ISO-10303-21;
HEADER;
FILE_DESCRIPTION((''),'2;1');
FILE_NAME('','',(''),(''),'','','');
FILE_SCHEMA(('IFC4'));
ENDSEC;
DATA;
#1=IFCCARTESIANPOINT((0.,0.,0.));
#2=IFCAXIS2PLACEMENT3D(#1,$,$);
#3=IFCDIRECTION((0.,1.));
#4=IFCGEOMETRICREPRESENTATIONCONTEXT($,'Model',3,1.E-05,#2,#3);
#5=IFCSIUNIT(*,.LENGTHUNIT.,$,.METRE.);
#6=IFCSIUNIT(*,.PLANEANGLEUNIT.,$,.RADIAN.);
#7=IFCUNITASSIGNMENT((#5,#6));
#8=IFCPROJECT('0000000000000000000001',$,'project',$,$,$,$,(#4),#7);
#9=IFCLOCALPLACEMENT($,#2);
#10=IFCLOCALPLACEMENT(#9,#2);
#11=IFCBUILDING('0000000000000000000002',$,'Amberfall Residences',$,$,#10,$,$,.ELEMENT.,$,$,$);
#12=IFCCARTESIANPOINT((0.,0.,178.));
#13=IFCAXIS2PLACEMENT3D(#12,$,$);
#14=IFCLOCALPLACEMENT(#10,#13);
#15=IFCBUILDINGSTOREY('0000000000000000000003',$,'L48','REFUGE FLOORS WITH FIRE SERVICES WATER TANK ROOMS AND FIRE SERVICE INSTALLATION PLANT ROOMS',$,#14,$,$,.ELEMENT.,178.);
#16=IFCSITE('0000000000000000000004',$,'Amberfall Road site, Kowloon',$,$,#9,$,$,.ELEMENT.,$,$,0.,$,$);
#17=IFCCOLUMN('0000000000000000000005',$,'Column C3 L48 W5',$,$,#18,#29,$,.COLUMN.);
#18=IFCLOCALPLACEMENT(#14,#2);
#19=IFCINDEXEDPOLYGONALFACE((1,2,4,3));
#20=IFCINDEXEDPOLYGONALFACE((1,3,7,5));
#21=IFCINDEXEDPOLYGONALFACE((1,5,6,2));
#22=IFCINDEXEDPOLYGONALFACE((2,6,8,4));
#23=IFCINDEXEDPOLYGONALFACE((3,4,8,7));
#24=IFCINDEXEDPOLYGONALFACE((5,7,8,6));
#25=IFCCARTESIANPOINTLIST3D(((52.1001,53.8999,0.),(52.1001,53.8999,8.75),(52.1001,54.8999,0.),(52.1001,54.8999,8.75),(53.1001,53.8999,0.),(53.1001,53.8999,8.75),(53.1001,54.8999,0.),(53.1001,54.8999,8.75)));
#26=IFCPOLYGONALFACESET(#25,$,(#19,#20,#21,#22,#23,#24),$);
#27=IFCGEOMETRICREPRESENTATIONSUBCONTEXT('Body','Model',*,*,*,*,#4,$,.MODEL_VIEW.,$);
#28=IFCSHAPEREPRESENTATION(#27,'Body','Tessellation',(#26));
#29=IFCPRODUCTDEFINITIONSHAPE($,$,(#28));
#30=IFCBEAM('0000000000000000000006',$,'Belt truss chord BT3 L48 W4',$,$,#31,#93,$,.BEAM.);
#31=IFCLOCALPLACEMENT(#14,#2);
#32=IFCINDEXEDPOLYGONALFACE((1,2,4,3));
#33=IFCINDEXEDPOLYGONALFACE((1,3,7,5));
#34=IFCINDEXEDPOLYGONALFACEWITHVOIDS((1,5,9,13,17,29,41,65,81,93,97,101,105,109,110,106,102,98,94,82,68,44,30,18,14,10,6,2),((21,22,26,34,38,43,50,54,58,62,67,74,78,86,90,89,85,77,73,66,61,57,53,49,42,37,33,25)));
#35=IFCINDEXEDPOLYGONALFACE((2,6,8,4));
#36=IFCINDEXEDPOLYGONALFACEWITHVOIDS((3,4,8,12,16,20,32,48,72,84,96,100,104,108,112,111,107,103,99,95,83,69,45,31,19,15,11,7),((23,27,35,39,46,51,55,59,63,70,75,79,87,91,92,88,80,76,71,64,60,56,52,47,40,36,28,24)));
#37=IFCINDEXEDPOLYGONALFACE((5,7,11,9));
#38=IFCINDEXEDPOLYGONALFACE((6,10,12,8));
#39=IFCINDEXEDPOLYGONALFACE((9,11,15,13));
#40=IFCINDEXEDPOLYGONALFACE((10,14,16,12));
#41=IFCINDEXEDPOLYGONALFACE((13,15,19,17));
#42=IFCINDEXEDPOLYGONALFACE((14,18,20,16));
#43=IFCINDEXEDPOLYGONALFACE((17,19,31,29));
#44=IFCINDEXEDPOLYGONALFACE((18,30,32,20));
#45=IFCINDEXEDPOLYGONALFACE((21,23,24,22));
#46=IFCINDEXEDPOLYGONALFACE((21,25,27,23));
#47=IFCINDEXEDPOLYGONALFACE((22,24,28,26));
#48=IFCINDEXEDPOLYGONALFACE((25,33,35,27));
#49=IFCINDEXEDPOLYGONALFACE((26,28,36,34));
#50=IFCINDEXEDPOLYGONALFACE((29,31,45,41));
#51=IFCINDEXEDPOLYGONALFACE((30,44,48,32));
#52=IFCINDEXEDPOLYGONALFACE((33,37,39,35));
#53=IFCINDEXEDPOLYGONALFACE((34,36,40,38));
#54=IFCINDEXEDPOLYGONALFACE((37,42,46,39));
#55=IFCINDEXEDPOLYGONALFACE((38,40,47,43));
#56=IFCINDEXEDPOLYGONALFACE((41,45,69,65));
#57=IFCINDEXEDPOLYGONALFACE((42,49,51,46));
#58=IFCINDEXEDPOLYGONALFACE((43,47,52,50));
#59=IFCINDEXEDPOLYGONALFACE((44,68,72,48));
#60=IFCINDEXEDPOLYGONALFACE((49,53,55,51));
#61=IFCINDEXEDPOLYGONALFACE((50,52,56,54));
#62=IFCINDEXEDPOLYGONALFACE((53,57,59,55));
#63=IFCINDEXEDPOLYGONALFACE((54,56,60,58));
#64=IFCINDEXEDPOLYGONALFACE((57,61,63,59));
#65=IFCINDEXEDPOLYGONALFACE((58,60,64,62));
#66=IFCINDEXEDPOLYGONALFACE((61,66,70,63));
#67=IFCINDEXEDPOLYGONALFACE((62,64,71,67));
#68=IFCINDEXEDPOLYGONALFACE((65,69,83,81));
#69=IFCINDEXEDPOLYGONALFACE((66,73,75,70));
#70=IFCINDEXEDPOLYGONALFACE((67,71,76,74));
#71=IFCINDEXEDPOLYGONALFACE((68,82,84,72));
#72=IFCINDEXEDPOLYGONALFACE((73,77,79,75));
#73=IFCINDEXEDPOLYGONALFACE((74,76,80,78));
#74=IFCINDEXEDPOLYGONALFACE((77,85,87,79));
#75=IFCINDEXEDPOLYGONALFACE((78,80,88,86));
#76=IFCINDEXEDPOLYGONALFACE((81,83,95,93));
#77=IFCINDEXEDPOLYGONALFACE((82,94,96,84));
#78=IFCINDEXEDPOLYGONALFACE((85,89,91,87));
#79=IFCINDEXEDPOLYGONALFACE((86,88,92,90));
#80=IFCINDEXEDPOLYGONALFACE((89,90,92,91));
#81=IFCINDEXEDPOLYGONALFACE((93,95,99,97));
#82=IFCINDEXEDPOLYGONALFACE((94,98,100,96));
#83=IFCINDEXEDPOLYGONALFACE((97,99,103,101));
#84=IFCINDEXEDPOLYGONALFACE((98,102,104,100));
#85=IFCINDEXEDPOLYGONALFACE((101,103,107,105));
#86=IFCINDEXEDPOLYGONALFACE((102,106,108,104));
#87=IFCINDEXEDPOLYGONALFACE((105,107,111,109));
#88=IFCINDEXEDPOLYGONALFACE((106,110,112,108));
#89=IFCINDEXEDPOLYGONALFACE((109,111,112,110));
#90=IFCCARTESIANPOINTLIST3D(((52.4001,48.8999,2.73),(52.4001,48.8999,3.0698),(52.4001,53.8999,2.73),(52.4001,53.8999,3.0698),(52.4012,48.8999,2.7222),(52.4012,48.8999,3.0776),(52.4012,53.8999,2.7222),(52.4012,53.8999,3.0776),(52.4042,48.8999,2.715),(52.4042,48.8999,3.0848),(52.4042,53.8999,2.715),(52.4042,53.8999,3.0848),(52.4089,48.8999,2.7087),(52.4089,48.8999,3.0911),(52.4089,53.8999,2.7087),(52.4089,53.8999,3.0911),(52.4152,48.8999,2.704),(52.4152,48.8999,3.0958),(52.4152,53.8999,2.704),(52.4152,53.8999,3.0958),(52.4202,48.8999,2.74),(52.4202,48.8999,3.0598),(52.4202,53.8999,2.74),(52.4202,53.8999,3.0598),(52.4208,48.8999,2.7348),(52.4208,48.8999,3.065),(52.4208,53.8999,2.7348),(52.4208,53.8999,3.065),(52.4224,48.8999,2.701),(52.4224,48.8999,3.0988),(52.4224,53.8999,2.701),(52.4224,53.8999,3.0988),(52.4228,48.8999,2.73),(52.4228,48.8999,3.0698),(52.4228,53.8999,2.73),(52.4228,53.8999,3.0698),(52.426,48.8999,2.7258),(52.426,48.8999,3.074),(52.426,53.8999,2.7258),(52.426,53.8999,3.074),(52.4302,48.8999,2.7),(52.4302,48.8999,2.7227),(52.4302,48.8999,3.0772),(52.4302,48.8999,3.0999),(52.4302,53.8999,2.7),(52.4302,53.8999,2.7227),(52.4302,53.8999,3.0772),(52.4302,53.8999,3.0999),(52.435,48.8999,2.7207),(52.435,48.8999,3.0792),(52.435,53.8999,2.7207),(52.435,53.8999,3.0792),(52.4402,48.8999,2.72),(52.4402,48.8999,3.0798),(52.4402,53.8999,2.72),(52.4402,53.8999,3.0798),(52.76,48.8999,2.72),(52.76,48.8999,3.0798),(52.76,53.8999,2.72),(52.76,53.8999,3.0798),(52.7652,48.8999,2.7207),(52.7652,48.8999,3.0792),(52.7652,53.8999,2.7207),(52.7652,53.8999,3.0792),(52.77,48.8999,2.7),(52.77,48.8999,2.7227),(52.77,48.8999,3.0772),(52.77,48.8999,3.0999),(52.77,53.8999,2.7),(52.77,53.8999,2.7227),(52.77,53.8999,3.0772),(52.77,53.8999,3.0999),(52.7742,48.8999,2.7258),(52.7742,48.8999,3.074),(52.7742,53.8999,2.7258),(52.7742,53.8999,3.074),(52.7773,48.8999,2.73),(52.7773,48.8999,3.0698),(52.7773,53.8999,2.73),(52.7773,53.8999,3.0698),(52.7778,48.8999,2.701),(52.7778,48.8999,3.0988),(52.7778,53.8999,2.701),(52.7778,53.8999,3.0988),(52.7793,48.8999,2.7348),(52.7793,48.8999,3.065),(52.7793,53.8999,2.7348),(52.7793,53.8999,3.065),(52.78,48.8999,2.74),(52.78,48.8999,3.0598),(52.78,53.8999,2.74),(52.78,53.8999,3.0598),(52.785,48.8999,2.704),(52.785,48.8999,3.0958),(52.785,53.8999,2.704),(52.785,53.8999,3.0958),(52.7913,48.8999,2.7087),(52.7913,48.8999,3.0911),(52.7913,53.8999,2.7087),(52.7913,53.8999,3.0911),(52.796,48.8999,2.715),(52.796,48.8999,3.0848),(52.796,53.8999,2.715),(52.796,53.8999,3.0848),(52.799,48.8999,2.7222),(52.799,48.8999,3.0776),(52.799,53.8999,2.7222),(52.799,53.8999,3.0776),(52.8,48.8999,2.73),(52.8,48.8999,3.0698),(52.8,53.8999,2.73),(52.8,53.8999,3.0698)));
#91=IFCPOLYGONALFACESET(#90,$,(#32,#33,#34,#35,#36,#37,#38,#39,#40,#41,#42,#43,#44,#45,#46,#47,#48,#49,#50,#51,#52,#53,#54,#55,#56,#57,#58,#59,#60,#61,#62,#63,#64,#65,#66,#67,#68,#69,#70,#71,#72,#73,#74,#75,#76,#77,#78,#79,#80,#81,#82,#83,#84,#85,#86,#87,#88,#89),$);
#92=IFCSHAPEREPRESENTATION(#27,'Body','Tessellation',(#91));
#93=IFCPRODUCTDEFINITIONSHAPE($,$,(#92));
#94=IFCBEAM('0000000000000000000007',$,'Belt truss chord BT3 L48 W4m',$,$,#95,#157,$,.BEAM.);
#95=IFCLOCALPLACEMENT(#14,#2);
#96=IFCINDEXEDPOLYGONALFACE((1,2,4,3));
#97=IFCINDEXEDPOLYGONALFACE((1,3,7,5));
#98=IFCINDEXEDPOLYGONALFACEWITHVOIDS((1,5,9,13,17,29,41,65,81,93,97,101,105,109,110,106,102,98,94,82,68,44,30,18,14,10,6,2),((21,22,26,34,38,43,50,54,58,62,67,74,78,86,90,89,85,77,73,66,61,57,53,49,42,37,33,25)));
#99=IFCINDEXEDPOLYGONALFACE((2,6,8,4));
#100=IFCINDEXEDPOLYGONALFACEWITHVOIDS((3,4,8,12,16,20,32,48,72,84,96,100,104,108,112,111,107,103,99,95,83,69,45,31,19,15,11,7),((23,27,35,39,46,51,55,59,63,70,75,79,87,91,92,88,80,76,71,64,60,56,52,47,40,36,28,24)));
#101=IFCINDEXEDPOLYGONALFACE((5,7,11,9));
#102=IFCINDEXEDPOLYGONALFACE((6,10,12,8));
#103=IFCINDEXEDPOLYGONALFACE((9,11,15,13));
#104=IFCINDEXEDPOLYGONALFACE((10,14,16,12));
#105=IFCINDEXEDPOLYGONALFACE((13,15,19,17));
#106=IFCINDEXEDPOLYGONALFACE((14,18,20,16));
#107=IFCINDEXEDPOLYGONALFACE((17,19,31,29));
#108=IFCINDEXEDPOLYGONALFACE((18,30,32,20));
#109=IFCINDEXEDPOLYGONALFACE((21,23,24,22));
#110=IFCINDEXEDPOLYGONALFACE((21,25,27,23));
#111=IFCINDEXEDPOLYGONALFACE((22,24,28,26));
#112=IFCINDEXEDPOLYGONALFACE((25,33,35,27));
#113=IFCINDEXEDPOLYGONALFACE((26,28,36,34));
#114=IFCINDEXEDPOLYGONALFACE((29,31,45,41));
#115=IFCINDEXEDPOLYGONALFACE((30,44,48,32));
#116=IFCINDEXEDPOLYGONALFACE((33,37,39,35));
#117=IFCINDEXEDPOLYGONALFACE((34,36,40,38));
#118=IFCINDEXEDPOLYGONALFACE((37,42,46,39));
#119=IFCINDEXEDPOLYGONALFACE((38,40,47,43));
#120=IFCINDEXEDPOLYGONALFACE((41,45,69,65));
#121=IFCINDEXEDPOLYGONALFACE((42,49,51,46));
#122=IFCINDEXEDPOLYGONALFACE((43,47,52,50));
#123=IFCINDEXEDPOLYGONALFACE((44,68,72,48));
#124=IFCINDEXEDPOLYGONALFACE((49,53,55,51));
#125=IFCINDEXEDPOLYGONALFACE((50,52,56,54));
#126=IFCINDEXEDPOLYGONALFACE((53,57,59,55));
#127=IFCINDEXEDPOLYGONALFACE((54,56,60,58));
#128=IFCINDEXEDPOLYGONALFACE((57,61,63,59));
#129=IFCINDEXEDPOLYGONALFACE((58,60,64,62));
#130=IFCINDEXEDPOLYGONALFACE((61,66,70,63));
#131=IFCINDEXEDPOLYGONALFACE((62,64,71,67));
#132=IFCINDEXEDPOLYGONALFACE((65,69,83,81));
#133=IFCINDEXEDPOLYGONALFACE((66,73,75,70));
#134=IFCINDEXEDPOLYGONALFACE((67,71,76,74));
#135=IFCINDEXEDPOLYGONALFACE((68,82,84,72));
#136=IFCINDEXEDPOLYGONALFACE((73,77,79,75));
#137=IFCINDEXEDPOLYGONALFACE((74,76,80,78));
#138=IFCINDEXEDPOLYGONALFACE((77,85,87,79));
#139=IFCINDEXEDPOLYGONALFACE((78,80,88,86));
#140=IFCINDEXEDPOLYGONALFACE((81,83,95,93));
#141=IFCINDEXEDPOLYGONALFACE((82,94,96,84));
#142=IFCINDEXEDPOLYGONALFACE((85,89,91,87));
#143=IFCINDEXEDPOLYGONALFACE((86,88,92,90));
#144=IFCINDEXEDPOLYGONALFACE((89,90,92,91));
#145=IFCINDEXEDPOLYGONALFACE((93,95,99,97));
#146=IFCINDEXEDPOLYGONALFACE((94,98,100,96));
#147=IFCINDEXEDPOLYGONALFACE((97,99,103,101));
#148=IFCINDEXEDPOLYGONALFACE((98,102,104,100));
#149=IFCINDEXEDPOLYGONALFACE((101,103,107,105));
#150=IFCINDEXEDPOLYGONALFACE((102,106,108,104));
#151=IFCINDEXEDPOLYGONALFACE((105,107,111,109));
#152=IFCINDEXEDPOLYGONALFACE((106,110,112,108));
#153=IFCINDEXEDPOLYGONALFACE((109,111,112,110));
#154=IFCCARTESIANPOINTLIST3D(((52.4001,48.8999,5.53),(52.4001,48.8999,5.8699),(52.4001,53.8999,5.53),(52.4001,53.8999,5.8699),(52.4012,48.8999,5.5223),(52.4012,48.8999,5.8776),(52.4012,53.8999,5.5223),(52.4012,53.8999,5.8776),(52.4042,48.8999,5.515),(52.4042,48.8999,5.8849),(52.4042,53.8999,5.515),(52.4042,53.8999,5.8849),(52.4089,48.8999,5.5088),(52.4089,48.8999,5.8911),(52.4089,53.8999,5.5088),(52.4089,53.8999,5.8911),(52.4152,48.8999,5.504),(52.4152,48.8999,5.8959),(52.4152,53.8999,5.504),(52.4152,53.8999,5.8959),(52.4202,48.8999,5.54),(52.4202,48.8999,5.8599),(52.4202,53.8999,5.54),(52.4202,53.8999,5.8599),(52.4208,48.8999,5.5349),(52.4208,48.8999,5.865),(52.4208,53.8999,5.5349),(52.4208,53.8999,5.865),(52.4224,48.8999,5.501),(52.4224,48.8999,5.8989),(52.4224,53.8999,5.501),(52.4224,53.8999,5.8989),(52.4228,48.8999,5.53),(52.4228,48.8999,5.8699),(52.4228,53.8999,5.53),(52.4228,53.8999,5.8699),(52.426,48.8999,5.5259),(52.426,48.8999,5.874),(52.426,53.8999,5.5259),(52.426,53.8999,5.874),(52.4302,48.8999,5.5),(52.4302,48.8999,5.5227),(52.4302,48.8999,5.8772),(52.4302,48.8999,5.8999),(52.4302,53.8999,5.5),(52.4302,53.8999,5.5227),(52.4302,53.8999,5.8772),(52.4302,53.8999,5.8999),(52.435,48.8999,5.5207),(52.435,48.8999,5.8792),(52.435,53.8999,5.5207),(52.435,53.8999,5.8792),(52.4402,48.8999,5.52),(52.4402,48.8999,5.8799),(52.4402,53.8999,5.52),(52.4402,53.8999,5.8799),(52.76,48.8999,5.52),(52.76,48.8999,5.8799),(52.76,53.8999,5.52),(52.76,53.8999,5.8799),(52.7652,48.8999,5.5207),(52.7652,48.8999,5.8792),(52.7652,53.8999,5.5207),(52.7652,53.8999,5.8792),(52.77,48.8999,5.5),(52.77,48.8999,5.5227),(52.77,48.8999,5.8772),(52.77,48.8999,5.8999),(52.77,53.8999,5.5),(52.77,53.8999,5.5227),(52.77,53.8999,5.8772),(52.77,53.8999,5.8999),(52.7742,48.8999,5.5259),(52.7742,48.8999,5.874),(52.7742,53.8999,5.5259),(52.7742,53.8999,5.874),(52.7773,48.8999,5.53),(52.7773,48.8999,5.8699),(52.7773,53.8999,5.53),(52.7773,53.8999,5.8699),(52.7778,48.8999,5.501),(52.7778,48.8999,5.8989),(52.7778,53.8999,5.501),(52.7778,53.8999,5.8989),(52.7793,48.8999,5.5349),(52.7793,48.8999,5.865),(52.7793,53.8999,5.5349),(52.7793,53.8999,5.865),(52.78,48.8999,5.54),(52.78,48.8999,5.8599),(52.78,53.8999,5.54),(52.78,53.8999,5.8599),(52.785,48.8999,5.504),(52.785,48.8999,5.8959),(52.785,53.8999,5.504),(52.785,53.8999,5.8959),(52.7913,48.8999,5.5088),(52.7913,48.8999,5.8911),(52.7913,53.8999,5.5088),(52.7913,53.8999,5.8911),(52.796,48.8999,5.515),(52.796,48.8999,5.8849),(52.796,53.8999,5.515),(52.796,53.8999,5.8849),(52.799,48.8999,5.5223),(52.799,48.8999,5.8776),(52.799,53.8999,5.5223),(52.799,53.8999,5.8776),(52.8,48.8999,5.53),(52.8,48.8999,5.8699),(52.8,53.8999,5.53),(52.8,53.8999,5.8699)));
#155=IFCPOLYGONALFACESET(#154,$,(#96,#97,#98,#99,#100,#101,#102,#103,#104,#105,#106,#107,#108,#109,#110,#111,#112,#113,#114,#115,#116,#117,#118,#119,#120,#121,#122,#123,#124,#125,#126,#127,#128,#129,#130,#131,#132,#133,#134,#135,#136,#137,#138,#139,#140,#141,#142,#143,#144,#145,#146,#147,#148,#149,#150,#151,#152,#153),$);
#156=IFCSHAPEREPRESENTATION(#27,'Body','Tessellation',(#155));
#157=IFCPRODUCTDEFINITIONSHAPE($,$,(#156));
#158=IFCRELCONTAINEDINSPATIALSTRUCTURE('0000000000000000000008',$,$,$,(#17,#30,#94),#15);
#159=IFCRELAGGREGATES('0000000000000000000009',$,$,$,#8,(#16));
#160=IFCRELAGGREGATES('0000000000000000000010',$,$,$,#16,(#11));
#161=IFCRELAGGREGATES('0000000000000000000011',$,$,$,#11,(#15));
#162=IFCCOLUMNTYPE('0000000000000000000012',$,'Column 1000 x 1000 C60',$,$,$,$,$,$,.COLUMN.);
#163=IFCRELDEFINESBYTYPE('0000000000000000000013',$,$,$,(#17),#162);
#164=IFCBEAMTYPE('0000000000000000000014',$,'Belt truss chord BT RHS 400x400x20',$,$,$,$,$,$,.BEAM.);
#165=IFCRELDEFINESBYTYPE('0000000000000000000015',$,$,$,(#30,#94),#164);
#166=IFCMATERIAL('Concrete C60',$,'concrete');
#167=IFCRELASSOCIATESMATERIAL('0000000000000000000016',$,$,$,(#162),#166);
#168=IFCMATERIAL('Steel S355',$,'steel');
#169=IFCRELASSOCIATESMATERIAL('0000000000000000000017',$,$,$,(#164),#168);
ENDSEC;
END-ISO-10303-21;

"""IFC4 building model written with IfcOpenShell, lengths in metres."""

from ifc_helpers import new_model, si_unit, direction, frame, origin, origin_2d, place, context, subcontext, project, spatial, rectangle, hollow_rectangle, extrude, material, material_profile, profile_set, type_object, element, save


model = new_model("IFC4")

# Units and contexts
model_context = context("Model", 3, precision=1e-05, world=origin(), true_north=direction((0.0, 1.0)))
body_context = subcontext(model_context, "Body", "Model", "MODEL_VIEW")
ifc_project = project(units=[si_unit("LENGTHUNIT", "METRE"), si_unit("PLANEANGLEUNIT", "RADIAN")], contexts=[model_context])

# Site, building, storey
site_placement = place(None, origin())
site = spatial("IfcSite", under=ifc_project, at=site_placement, Name="Amberfall Road site, Kowloon", CompositionType="ELEMENT", RefElevation=0.0)
building_placement = place(site_placement, origin())
building = spatial("IfcBuilding", under=site, at=building_placement, Name="Amberfall Residences", CompositionType="ELEMENT")
storey_placement = place(building_placement, frame((0.0, 0.0, 178.0)))
storey = spatial("IfcBuildingStorey", under=building, at=storey_placement, Name="L48", Description="REFUGE FLOORS WITH FIRE SERVICES WATER TANK ROOMS AND FIRE SERVICE INSTALLATION PLANT ROOMS", CompositionType="ELEMENT", Elevation=178.0)

# Column
ifc_material_1 = material(Name="Concrete C60", Category="concrete")
ifc_material_profile_1 = material_profile(ifc_material_1, rectangle(XDim=1.0, YDim=1.0, at=origin_2d()), Name="Column 1000 x 1000 C60")
ifc_profile_set_1 = profile_set([ifc_material_profile_1], Name="Concrete C60")
column_type = type_object("IfcColumnType", Name="Column 1000 x 1000 C60", PredefinedType="COLUMN", material=ifc_profile_set_1)
column_placement = place(storey_placement, frame((52.6001, 54.3999, 0.0), z_axis=(0.0, 0.0, 1.0), x_axis=(1.0, 0.0, 0.0)))
element("IfcColumn", 1, at=column_placement, inside=storey, type_object=column_type, Name="Column C3 L48 W5", PredefinedType="COLUMN", context=body_context, shape_type="SweptSolid", body=[
    extrude(rectangle(XDim=1.0, YDim=1.0, at=origin_2d()), origin(), (0.0, 0.0, 1.0), 8.75),
])

# Beams
ifc_material_2 = material(Name="Steel S355", Category="steel")
ifc_material_profile_2 = material_profile(ifc_material_2, hollow_rectangle(XDim=0.3999, YDim=0.3999, WallThickness=0.02, InnerFilletRadius=0.02, OuterFilletRadius=0.03, at=origin_2d()), Name="RHS 400x400x20")
ifc_profile_set_2 = profile_set([ifc_material_profile_2], Name="Steel S355")
beam_type_1 = type_object("IfcBeamType", Name="Belt truss chord BT RHS 400x400x20", PredefinedType="BEAM", material=ifc_profile_set_2)
for number, where, z_axis, x_axis, name in (
    (2, (52.6001, 48.8999, 2.8999), (0.0, 1.0, 0.0), (-1.0, 0.0, 0.0), "Belt truss chord BT3 L48 W4"),
    (3, (52.6001, 48.8999, 5.7), (0.0, 1.0, 0.0), (-1.0, 0.0, 0.0), "Belt truss chord BT3 L48 W4m"),
):
    element("IfcBeam", number, at=place(storey_placement, frame(where, z_axis=z_axis, x_axis=x_axis)), inside=storey, type_object=beam_type_1, Name=name, PredefinedType="BEAM", context=body_context, shape_type="SweptSolid", body=[
        extrude(hollow_rectangle(XDim=0.3999, YDim=0.3999, WallThickness=0.02, InnerFilletRadius=0.02, OuterFilletRadius=0.03, at=origin_2d()), origin(), (0.0, 0.0, 1.0), 5.0),
    ])

save(model, "model.ifc")
